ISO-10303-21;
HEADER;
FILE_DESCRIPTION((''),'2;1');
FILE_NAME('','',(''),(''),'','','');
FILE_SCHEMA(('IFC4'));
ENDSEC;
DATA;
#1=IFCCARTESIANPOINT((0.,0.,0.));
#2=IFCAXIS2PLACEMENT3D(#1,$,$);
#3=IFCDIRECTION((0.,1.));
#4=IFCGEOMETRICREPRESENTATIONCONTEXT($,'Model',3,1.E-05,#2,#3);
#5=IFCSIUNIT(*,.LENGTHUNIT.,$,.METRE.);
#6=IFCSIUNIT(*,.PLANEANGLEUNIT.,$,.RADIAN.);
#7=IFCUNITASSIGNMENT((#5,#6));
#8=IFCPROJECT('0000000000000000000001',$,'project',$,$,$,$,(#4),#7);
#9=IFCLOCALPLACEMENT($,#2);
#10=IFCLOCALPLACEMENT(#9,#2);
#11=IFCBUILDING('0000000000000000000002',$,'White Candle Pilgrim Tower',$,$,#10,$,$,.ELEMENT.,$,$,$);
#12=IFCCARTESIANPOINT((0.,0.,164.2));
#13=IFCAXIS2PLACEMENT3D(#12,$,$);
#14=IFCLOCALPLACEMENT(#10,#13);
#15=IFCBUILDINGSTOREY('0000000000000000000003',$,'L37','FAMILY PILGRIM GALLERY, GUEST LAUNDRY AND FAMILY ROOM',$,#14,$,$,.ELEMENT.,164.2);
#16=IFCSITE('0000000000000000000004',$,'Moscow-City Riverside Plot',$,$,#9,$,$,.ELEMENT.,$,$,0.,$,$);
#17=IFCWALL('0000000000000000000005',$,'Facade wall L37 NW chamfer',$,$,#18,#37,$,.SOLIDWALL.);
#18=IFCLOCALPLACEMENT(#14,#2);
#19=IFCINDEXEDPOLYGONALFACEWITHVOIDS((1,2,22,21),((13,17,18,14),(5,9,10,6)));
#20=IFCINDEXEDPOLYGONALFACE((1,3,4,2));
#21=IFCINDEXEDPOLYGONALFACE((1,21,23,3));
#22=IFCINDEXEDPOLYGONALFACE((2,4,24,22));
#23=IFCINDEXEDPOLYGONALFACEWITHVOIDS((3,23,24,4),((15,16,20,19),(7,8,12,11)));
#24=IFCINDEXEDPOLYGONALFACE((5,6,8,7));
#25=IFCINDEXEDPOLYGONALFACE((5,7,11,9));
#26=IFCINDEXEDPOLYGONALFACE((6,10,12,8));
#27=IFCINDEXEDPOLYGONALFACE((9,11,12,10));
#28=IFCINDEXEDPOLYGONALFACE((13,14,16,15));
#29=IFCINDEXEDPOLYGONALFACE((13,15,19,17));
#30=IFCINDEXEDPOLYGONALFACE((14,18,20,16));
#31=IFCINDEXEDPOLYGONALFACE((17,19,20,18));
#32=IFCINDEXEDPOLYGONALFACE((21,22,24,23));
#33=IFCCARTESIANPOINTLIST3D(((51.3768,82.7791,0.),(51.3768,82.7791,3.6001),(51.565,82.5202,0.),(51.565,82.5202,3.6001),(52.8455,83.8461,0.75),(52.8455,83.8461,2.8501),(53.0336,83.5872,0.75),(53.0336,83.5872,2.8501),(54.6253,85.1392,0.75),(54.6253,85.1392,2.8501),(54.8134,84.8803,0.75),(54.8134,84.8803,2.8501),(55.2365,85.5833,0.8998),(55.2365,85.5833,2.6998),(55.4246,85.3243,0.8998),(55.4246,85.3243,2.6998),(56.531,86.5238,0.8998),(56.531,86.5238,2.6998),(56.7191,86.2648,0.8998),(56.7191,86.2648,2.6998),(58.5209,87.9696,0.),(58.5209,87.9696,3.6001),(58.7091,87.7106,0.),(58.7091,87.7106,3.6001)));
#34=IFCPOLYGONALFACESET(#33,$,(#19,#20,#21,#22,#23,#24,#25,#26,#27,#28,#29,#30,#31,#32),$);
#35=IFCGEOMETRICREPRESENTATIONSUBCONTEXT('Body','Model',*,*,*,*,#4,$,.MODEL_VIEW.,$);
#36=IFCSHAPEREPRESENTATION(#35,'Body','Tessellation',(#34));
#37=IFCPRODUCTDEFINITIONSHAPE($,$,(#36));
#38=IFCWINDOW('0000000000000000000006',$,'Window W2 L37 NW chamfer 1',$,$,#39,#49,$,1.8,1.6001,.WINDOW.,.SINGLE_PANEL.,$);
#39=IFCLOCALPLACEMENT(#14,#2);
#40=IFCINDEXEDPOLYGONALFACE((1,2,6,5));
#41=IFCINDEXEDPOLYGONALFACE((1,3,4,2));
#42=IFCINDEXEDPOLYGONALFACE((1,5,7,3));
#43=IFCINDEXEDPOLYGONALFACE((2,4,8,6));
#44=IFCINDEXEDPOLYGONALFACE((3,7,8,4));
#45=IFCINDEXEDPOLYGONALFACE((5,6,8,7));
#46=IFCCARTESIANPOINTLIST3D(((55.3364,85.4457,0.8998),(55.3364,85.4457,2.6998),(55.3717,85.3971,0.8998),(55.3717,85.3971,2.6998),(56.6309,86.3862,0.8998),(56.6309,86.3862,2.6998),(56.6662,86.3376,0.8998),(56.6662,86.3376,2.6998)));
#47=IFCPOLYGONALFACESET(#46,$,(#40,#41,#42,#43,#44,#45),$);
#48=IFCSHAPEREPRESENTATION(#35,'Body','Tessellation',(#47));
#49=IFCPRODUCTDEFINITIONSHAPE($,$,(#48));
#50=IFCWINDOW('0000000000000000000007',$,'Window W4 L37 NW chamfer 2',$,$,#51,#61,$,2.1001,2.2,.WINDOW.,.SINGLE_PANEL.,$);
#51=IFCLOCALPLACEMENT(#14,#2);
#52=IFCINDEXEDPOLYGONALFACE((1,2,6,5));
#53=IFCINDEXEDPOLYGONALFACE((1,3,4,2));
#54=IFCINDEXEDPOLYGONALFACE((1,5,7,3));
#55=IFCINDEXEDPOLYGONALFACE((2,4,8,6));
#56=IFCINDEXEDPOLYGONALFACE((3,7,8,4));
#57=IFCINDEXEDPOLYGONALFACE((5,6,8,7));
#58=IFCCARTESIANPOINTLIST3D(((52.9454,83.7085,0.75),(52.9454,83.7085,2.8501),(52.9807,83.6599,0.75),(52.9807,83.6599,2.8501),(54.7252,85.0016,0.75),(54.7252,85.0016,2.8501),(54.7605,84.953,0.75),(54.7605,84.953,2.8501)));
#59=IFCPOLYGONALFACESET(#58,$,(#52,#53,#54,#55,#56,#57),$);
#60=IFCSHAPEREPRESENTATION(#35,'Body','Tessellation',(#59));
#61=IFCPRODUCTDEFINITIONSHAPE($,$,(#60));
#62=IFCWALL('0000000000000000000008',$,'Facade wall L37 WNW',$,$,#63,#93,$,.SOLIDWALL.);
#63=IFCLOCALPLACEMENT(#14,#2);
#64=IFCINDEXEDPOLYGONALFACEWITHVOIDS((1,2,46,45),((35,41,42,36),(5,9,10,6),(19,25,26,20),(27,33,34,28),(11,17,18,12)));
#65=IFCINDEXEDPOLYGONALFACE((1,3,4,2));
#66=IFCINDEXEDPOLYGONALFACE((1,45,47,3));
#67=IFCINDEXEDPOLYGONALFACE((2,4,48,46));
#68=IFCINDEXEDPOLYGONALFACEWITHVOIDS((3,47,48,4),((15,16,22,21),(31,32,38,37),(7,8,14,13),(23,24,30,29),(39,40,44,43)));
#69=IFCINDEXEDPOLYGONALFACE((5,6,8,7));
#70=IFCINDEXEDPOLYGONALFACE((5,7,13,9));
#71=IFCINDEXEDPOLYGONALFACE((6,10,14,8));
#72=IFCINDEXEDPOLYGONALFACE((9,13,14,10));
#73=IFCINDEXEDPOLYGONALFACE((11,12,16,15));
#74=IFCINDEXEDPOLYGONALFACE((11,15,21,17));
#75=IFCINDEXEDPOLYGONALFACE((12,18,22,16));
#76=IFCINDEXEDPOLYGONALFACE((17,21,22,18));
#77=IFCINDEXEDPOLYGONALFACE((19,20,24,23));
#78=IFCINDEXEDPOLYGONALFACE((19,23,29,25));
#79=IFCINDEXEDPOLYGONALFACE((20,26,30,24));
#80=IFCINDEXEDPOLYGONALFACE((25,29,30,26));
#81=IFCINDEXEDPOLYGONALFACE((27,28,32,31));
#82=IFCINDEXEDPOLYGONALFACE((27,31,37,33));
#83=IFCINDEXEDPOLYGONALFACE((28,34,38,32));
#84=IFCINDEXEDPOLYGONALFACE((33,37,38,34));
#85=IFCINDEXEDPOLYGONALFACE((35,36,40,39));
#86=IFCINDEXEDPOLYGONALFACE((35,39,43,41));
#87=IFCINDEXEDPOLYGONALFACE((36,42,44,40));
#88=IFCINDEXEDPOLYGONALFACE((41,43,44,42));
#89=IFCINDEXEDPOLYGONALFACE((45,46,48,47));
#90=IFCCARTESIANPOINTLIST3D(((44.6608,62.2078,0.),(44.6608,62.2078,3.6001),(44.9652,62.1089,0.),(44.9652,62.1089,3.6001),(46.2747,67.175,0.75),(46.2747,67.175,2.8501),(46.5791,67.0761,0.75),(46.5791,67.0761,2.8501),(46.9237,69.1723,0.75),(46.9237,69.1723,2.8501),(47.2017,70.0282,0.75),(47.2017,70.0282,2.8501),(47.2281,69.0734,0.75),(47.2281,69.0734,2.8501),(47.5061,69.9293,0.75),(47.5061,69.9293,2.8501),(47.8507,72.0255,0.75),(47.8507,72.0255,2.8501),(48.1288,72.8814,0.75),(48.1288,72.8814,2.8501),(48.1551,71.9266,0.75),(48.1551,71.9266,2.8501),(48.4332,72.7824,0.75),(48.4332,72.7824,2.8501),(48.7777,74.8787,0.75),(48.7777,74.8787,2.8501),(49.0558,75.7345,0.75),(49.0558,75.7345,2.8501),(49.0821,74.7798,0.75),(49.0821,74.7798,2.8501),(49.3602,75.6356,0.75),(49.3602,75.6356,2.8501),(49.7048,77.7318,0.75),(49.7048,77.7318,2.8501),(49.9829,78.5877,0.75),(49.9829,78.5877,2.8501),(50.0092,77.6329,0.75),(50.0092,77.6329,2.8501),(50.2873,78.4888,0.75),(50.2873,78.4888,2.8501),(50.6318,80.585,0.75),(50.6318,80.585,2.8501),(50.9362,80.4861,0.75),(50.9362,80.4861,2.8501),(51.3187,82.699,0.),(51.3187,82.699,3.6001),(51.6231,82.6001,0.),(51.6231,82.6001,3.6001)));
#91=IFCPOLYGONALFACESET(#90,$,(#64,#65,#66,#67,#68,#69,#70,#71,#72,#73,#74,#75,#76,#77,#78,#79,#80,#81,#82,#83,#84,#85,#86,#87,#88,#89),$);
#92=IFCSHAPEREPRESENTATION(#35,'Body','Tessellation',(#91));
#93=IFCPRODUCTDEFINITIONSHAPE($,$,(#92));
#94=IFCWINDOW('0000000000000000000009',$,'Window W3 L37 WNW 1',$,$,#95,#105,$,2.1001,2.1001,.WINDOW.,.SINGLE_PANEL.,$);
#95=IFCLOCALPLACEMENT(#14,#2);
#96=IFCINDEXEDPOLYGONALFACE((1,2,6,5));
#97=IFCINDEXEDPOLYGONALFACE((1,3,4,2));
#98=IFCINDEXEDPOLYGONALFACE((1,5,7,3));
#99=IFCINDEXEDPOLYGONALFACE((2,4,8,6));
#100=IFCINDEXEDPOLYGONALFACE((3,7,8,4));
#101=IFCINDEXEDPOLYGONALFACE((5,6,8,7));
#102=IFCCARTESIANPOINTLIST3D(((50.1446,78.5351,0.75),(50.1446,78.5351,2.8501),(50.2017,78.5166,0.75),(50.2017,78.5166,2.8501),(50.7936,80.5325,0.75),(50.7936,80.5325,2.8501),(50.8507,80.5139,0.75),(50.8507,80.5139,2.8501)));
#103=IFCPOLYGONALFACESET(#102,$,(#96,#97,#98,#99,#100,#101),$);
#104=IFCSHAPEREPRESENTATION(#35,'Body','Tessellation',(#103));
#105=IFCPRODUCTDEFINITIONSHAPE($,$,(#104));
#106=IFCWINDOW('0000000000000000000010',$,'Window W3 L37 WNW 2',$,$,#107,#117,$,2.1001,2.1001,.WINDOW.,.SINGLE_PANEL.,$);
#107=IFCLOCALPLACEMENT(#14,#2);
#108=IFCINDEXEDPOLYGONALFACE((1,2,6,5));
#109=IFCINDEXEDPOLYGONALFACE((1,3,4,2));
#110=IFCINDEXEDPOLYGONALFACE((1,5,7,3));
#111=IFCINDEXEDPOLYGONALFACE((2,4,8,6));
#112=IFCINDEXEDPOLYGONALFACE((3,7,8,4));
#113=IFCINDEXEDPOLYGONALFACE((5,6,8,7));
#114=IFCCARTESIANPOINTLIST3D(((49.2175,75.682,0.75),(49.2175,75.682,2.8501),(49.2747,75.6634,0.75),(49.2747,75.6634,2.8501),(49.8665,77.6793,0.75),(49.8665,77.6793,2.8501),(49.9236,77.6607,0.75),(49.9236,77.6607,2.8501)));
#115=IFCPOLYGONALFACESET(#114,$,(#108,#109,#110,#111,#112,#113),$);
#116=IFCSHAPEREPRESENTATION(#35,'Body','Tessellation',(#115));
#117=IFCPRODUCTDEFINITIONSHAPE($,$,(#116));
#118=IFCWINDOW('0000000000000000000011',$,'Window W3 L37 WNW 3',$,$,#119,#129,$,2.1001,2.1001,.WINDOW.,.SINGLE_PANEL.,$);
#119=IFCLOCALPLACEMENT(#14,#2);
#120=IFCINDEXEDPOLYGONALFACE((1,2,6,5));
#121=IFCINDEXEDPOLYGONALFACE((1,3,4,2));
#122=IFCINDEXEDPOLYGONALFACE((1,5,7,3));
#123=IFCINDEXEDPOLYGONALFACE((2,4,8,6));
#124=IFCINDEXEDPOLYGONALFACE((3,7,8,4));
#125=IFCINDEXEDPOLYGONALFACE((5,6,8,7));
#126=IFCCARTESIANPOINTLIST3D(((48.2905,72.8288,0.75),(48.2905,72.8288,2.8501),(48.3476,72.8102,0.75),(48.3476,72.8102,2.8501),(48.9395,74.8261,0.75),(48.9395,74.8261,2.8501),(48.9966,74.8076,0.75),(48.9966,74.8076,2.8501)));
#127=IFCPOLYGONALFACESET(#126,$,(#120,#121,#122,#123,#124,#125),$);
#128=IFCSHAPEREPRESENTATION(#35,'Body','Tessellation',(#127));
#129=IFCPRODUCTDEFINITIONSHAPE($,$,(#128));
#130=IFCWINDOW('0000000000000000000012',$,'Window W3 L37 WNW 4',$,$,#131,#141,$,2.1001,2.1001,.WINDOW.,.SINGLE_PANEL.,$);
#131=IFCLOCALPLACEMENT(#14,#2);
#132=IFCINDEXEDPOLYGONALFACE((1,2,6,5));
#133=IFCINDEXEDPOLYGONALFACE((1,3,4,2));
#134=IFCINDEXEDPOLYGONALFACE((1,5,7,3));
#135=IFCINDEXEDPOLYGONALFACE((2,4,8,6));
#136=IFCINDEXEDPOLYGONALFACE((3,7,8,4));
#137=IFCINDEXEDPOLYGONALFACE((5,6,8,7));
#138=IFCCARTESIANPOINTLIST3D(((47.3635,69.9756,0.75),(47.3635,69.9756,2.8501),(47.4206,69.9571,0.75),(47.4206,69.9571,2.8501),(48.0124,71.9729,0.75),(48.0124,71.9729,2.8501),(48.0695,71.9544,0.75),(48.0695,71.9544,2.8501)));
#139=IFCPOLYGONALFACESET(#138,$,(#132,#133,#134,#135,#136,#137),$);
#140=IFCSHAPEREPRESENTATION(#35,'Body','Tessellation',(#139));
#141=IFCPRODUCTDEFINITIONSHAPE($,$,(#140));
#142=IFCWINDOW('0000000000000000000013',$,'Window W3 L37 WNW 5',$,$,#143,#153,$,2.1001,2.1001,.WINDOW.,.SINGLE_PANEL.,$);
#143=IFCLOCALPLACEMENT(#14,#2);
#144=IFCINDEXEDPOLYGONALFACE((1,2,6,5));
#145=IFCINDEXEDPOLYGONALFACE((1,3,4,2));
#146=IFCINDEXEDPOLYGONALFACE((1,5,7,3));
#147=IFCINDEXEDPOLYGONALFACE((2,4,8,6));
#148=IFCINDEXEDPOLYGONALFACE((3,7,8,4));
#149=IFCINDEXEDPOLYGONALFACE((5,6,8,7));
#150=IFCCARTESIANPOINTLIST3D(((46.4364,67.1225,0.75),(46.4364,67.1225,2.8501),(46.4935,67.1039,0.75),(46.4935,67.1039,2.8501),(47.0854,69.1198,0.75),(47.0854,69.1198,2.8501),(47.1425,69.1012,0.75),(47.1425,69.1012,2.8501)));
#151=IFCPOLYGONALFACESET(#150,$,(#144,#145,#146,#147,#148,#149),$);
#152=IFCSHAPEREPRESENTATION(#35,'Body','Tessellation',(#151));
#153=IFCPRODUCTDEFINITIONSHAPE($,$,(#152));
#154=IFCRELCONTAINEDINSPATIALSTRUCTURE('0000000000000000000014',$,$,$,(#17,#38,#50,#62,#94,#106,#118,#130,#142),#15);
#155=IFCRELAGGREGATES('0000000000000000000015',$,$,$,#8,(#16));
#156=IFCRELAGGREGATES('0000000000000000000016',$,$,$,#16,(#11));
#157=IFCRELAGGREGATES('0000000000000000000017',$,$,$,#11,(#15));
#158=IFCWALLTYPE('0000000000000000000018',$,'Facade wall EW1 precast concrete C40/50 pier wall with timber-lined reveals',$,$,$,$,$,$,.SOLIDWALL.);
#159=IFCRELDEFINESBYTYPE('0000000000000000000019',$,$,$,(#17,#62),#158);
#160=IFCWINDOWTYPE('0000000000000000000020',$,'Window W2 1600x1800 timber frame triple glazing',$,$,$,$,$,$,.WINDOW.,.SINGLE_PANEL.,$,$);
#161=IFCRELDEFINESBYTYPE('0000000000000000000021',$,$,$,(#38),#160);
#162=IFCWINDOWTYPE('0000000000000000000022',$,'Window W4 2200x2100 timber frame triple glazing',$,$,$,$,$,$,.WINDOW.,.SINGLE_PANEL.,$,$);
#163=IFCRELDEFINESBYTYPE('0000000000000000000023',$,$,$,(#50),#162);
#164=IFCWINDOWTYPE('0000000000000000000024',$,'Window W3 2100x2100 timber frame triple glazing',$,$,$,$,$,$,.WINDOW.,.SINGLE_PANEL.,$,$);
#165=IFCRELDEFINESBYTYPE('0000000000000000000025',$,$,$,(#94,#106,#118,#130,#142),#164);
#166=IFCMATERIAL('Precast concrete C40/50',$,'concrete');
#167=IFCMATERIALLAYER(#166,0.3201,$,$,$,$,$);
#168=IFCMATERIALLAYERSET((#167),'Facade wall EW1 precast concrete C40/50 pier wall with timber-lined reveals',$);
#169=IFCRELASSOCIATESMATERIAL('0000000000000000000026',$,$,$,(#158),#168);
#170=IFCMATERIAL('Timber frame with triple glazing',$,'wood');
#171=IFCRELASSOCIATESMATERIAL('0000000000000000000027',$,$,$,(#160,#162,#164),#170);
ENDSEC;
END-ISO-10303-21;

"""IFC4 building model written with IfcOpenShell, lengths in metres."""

from ifc_helpers import new_model, si_unit, direction, frame, frame_2d, origin, place, context, subcontext, project, spatial, rectangle, extrude, material, layer, layer_set, type_object, element, fill, save


model = new_model("IFC4")

# Units and contexts
model_context = context("Model", 3, precision=1e-05, world=origin(), true_north=direction((0.0, 1.0)))
body_context = subcontext(model_context, "Body", "Model", "MODEL_VIEW")
ifc_project = project(units=[si_unit("LENGTHUNIT", "METRE"), si_unit("PLANEANGLEUNIT", "RADIAN")], contexts=[model_context])

# Site, building, storey
site_placement = place(None, origin())
site = spatial("IfcSite", under=ifc_project, at=site_placement, Name="Moscow-City Riverside Plot", CompositionType="ELEMENT", RefElevation=0.0)
building_placement = place(site_placement, origin())
building = spatial("IfcBuilding", under=site, at=building_placement, Name="White Candle Pilgrim Tower", CompositionType="ELEMENT")
storey_placement = place(building_placement, frame((0.0, 0.0, 164.2)))
storey = spatial("IfcBuildingStorey", under=building, at=storey_placement, Name="L37", Description="FAMILY PILGRIM GALLERY, GUEST LAUNDRY AND FAMILY ROOM", CompositionType="ELEMENT", Elevation=164.2)

# Walls, openings, windows
ifc_material_1 = material(Name="Precast concrete C40/50", Category="concrete")
ifc_layer_1 = layer(ifc_material_1, 0.3201)
ifc_layer_set_1 = layer_set([ifc_layer_1], Name="Facade wall EW1 precast concrete C40/50 pier wall with timber-lined reveals")
wall_type_1 = type_object("IfcWallType", Name="Facade wall EW1 precast concrete C40/50 pier wall with timber-lined reveals", PredefinedType="SOLIDWALL", material=ifc_layer_set_1)
wall_1_placement = place(storey_placement, frame((58.615, 87.8401, 0.0), z_axis=(0.0, 0.0, 1.0), x_axis=(-0.809018, -0.587784, 0.0)))
wall_1 = element("IfcWall", 1, at=wall_1_placement, inside=storey, type_object=wall_type_1, Name="Facade wall L37 NW chamfer", PredefinedType="SOLIDWALL", context=body_context, shape_type="SweptSolid", body=[
    extrude(rectangle(XDim=8.8306, YDim=0.3201, at=frame_2d((4.4153, 0.0))), origin(), (0.0, 0.0, 1.0), 3.6001),
])
opening_1_placement = place(wall_1_placement, frame((2.4597, 0.0, 0.8999)))
opening_1 = element("IfcOpeningElement", 2, at=opening_1_placement, cuts=wall_1, PredefinedType="OPENING", context=body_context, shape_type="SweptSolid", body=[
    extrude(rectangle(XDim=1.6001, YDim=1.8, at=frame_2d((0.8, 0.8999))), frame((0.0, 0.1699, 0.0), z_axis=(0.0, -1.0, 0.0), x_axis=(1.0, 0.0, 0.0)), (0.0, 0.0, 1.0), 0.3401),
])
opening_2_placement = place(wall_1_placement, frame((4.8152, 0.0, 0.75)))
opening_2 = element("IfcOpeningElement", 3, at=opening_2_placement, cuts=wall_1, PredefinedType="OPENING", context=body_context, shape_type="SweptSolid", body=[
    extrude(rectangle(XDim=2.2, YDim=2.1001, at=frame_2d((1.1001, 1.05))), frame((0.0, 0.1699, 0.0), z_axis=(0.0, -1.0, 0.0), x_axis=(1.0, 0.0, 0.0)), (0.0, 0.0, 1.0), 0.3401),
])
ifc_material_2 = material(Name="Timber frame with triple glazing", Category="wood")
window_type_1 = type_object("IfcWindowType", Name="Window W2 1600x1800 timber frame triple glazing", PartitioningType="SINGLE_PANEL", PredefinedType="WINDOW", material=ifc_material_2)
window_1_placement = place(opening_1_placement, origin())
window_1 = element("IfcWindow", 4, at=window_1_placement, inside=storey, type_object=window_type_1, Name="Window W2 L37 NW chamfer 1", OverallHeight=1.8, OverallWidth=1.6001, PartitioningType="SINGLE_PANEL", PredefinedType="WINDOW", context=body_context, shape_type="SweptSolid", body=[
    extrude(rectangle(XDim=1.6001, YDim=1.8, at=frame_2d((0.8, 0.8999))), frame((0.0, 0.0701, 0.0), z_axis=(0.0, -1.0, 0.0), x_axis=(1.0, 0.0, 0.0)), (0.0, 0.0, 1.0), 0.0601),
])
fill(opening_1, window_1)
window_type_2 = type_object("IfcWindowType", Name="Window W4 2200x2100 timber frame triple glazing", PartitioningType="SINGLE_PANEL", PredefinedType="WINDOW", material=ifc_material_2)
window_2_placement = place(opening_2_placement, origin())
window_2 = element("IfcWindow", 5, at=window_2_placement, inside=storey, type_object=window_type_2, Name="Window W4 L37 NW chamfer 2", OverallHeight=2.1001, OverallWidth=2.2, PartitioningType="SINGLE_PANEL", PredefinedType="WINDOW", context=body_context, shape_type="SweptSolid", body=[
    extrude(rectangle(XDim=2.2, YDim=2.1001, at=frame_2d((1.1001, 1.05))), frame((0.0, 0.0701, 0.0), z_axis=(0.0, -1.0, 0.0), x_axis=(1.0, 0.0, 0.0)), (0.0, 0.0, 1.0), 0.0601),
])
fill(opening_2, window_2)
wall_2_placement = place(storey_placement, frame((51.4709, 82.6497, 0.0), z_axis=(0.0, 0.0, 1.0), x_axis=(-0.309015, -0.951057, 0.0)))
wall_2 = element("IfcWall", 6, at=wall_2_placement, inside=storey, type_object=wall_type_1, Name="Facade wall L37 WNW", PredefinedType="SOLIDWALL", context=body_context, shape_type="SweptSolid", body=[
    extrude(rectangle(XDim=21.5457, YDim=0.3201, at=frame_2d((10.7729, 0.0))), origin(), (0.0, 0.0, 1.0), 3.6001),
])
opening_3_placement = place(wall_2_placement, frame((2.2229, 0.0, 0.75)))
opening_3 = element("IfcOpeningElement", 7, at=opening_3_placement, cuts=wall_2, PredefinedType="OPENING", context=body_context, shape_type="SweptSolid", body=[
    extrude(rectangle(XDim=2.1001, YDim=2.1001, at=frame_2d((1.05, 1.05))), frame((0.0, 0.1699, 0.0), z_axis=(0.0, -1.0, 0.0), x_axis=(1.0, 0.0, 0.0)), (0.0, 0.0, 1.0), 0.3401),
])
opening_4_placement = place(wall_2_placement, frame((5.2229, 0.0, 0.75)))
opening_4 = element("IfcOpeningElement", 8, at=opening_4_placement, cuts=wall_2, PredefinedType="OPENING", context=body_context, shape_type="SweptSolid", body=[
    extrude(rectangle(XDim=2.1001, YDim=2.1001, at=frame_2d((1.05, 1.05))), frame((0.0, 0.1699, 0.0), z_axis=(0.0, -1.0, 0.0), x_axis=(1.0, 0.0, 0.0)), (0.0, 0.0, 1.0), 0.3401),
])
opening_5_placement = place(wall_2_placement, frame((8.2229, 0.0, 0.75)))
opening_5 = element("IfcOpeningElement", 9, at=opening_5_placement, cuts=wall_2, PredefinedType="OPENING", context=body_context, shape_type="SweptSolid", body=[
    extrude(rectangle(XDim=2.1001, YDim=2.1001, at=frame_2d((1.05, 1.05))), frame((0.0, 0.1699, 0.0), z_axis=(0.0, -1.0, 0.0), x_axis=(1.0, 0.0, 0.0)), (0.0, 0.0, 1.0), 0.3401),
])
opening_6_placement = place(wall_2_placement, frame((11.2229, 0.0, 0.75)))
opening_6 = element("IfcOpeningElement", 10, at=opening_6_placement, cuts=wall_2, PredefinedType="OPENING", context=body_context, shape_type="SweptSolid", body=[
    extrude(rectangle(XDim=2.1001, YDim=2.1001, at=frame_2d((1.05, 1.05))), frame((0.0, 0.1699, 0.0), z_axis=(0.0, -1.0, 0.0), x_axis=(1.0, 0.0, 0.0)), (0.0, 0.0, 1.0), 0.3401),
])
opening_7_placement = place(wall_2_placement, frame((14.2229, 0.0, 0.75)))
opening_7 = element("IfcOpeningElement", 11, at=opening_7_placement, cuts=wall_2, PredefinedType="OPENING", context=body_context, shape_type="SweptSolid", body=[
    extrude(rectangle(XDim=2.1001, YDim=2.1001, at=frame_2d((1.05, 1.05))), frame((0.0, 0.1699, 0.0), z_axis=(0.0, -1.0, 0.0), x_axis=(1.0, 0.0, 0.0)), (0.0, 0.0, 1.0), 0.3401),
])
window_type_3 = type_object("IfcWindowType", Name="Window W3 2100x2100 timber frame triple glazing", PartitioningType="SINGLE_PANEL", PredefinedType="WINDOW", material=ifc_material_2)
window_3_placement = place(opening_3_placement, origin())
window_3 = element("IfcWindow", 12, at=window_3_placement, inside=storey, type_object=window_type_3, Name="Window W3 L37 WNW 1", OverallHeight=2.1001, OverallWidth=2.1001, PartitioningType="SINGLE_PANEL", PredefinedType="WINDOW", context=body_context, shape_type="SweptSolid", body=[
    extrude(rectangle(XDim=2.1001, YDim=2.1001, at=frame_2d((1.05, 1.05))), frame((0.0, 0.0701, 0.0), z_axis=(0.0, -1.0, 0.0), x_axis=(1.0, 0.0, 0.0)), (0.0, 0.0, 1.0), 0.0601),
])
fill(opening_3, window_3)
window_4_placement = place(opening_4_placement, origin())
window_4 = element("IfcWindow", 13, at=window_4_placement, inside=storey, type_object=window_type_3, Name="Window W3 L37 WNW 2", OverallHeight=2.1001, OverallWidth=2.1001, PartitioningType="SINGLE_PANEL", PredefinedType="WINDOW", context=body_context, shape_type="SweptSolid", body=[
    extrude(rectangle(XDim=2.1001, YDim=2.1001, at=frame_2d((1.05, 1.05))), frame((0.0, 0.0701, 0.0), z_axis=(0.0, -1.0, 0.0), x_axis=(1.0, 0.0, 0.0)), (0.0, 0.0, 1.0), 0.0601),
])
fill(opening_4, window_4)
window_5_placement = place(opening_5_placement, origin())
window_5 = element("IfcWindow", 14, at=window_5_placement, inside=storey, type_object=window_type_3, Name="Window W3 L37 WNW 3", OverallHeight=2.1001, OverallWidth=2.1001, PartitioningType="SINGLE_PANEL", PredefinedType="WINDOW", context=body_context, shape_type="SweptSolid", body=[
    extrude(rectangle(XDim=2.1001, YDim=2.1001, at=frame_2d((1.05, 1.05))), frame((0.0, 0.0701, 0.0), z_axis=(0.0, -1.0, 0.0), x_axis=(1.0, 0.0, 0.0)), (0.0, 0.0, 1.0), 0.0601),
])
fill(opening_5, window_5)
window_6_placement = place(opening_6_placement, origin())
window_6 = element("IfcWindow", 15, at=window_6_placement, inside=storey, type_object=window_type_3, Name="Window W3 L37 WNW 4", OverallHeight=2.1001, OverallWidth=2.1001, PartitioningType="SINGLE_PANEL", PredefinedType="WINDOW", context=body_context, shape_type="SweptSolid", body=[
    extrude(rectangle(XDim=2.1001, YDim=2.1001, at=frame_2d((1.05, 1.05))), frame((0.0, 0.0701, 0.0), z_axis=(0.0, -1.0, 0.0), x_axis=(1.0, 0.0, 0.0)), (0.0, 0.0, 1.0), 0.0601),
])
fill(opening_6, window_6)
window_7_placement = place(opening_7_placement, origin())
window_7 = element("IfcWindow", 16, at=window_7_placement, inside=storey, type_object=window_type_3, Name="Window W3 L37 WNW 5", OverallHeight=2.1001, OverallWidth=2.1001, PartitioningType="SINGLE_PANEL", PredefinedType="WINDOW", context=body_context, shape_type="SweptSolid", body=[
    extrude(rectangle(XDim=2.1001, YDim=2.1001, at=frame_2d((1.05, 1.05))), frame((0.0, 0.0701, 0.0), z_axis=(0.0, -1.0, 0.0), x_axis=(1.0, 0.0, 0.0)), (0.0, 0.0, 1.0), 0.0601),
])
fill(opening_7, window_7)

save(model, "model.ifc")
